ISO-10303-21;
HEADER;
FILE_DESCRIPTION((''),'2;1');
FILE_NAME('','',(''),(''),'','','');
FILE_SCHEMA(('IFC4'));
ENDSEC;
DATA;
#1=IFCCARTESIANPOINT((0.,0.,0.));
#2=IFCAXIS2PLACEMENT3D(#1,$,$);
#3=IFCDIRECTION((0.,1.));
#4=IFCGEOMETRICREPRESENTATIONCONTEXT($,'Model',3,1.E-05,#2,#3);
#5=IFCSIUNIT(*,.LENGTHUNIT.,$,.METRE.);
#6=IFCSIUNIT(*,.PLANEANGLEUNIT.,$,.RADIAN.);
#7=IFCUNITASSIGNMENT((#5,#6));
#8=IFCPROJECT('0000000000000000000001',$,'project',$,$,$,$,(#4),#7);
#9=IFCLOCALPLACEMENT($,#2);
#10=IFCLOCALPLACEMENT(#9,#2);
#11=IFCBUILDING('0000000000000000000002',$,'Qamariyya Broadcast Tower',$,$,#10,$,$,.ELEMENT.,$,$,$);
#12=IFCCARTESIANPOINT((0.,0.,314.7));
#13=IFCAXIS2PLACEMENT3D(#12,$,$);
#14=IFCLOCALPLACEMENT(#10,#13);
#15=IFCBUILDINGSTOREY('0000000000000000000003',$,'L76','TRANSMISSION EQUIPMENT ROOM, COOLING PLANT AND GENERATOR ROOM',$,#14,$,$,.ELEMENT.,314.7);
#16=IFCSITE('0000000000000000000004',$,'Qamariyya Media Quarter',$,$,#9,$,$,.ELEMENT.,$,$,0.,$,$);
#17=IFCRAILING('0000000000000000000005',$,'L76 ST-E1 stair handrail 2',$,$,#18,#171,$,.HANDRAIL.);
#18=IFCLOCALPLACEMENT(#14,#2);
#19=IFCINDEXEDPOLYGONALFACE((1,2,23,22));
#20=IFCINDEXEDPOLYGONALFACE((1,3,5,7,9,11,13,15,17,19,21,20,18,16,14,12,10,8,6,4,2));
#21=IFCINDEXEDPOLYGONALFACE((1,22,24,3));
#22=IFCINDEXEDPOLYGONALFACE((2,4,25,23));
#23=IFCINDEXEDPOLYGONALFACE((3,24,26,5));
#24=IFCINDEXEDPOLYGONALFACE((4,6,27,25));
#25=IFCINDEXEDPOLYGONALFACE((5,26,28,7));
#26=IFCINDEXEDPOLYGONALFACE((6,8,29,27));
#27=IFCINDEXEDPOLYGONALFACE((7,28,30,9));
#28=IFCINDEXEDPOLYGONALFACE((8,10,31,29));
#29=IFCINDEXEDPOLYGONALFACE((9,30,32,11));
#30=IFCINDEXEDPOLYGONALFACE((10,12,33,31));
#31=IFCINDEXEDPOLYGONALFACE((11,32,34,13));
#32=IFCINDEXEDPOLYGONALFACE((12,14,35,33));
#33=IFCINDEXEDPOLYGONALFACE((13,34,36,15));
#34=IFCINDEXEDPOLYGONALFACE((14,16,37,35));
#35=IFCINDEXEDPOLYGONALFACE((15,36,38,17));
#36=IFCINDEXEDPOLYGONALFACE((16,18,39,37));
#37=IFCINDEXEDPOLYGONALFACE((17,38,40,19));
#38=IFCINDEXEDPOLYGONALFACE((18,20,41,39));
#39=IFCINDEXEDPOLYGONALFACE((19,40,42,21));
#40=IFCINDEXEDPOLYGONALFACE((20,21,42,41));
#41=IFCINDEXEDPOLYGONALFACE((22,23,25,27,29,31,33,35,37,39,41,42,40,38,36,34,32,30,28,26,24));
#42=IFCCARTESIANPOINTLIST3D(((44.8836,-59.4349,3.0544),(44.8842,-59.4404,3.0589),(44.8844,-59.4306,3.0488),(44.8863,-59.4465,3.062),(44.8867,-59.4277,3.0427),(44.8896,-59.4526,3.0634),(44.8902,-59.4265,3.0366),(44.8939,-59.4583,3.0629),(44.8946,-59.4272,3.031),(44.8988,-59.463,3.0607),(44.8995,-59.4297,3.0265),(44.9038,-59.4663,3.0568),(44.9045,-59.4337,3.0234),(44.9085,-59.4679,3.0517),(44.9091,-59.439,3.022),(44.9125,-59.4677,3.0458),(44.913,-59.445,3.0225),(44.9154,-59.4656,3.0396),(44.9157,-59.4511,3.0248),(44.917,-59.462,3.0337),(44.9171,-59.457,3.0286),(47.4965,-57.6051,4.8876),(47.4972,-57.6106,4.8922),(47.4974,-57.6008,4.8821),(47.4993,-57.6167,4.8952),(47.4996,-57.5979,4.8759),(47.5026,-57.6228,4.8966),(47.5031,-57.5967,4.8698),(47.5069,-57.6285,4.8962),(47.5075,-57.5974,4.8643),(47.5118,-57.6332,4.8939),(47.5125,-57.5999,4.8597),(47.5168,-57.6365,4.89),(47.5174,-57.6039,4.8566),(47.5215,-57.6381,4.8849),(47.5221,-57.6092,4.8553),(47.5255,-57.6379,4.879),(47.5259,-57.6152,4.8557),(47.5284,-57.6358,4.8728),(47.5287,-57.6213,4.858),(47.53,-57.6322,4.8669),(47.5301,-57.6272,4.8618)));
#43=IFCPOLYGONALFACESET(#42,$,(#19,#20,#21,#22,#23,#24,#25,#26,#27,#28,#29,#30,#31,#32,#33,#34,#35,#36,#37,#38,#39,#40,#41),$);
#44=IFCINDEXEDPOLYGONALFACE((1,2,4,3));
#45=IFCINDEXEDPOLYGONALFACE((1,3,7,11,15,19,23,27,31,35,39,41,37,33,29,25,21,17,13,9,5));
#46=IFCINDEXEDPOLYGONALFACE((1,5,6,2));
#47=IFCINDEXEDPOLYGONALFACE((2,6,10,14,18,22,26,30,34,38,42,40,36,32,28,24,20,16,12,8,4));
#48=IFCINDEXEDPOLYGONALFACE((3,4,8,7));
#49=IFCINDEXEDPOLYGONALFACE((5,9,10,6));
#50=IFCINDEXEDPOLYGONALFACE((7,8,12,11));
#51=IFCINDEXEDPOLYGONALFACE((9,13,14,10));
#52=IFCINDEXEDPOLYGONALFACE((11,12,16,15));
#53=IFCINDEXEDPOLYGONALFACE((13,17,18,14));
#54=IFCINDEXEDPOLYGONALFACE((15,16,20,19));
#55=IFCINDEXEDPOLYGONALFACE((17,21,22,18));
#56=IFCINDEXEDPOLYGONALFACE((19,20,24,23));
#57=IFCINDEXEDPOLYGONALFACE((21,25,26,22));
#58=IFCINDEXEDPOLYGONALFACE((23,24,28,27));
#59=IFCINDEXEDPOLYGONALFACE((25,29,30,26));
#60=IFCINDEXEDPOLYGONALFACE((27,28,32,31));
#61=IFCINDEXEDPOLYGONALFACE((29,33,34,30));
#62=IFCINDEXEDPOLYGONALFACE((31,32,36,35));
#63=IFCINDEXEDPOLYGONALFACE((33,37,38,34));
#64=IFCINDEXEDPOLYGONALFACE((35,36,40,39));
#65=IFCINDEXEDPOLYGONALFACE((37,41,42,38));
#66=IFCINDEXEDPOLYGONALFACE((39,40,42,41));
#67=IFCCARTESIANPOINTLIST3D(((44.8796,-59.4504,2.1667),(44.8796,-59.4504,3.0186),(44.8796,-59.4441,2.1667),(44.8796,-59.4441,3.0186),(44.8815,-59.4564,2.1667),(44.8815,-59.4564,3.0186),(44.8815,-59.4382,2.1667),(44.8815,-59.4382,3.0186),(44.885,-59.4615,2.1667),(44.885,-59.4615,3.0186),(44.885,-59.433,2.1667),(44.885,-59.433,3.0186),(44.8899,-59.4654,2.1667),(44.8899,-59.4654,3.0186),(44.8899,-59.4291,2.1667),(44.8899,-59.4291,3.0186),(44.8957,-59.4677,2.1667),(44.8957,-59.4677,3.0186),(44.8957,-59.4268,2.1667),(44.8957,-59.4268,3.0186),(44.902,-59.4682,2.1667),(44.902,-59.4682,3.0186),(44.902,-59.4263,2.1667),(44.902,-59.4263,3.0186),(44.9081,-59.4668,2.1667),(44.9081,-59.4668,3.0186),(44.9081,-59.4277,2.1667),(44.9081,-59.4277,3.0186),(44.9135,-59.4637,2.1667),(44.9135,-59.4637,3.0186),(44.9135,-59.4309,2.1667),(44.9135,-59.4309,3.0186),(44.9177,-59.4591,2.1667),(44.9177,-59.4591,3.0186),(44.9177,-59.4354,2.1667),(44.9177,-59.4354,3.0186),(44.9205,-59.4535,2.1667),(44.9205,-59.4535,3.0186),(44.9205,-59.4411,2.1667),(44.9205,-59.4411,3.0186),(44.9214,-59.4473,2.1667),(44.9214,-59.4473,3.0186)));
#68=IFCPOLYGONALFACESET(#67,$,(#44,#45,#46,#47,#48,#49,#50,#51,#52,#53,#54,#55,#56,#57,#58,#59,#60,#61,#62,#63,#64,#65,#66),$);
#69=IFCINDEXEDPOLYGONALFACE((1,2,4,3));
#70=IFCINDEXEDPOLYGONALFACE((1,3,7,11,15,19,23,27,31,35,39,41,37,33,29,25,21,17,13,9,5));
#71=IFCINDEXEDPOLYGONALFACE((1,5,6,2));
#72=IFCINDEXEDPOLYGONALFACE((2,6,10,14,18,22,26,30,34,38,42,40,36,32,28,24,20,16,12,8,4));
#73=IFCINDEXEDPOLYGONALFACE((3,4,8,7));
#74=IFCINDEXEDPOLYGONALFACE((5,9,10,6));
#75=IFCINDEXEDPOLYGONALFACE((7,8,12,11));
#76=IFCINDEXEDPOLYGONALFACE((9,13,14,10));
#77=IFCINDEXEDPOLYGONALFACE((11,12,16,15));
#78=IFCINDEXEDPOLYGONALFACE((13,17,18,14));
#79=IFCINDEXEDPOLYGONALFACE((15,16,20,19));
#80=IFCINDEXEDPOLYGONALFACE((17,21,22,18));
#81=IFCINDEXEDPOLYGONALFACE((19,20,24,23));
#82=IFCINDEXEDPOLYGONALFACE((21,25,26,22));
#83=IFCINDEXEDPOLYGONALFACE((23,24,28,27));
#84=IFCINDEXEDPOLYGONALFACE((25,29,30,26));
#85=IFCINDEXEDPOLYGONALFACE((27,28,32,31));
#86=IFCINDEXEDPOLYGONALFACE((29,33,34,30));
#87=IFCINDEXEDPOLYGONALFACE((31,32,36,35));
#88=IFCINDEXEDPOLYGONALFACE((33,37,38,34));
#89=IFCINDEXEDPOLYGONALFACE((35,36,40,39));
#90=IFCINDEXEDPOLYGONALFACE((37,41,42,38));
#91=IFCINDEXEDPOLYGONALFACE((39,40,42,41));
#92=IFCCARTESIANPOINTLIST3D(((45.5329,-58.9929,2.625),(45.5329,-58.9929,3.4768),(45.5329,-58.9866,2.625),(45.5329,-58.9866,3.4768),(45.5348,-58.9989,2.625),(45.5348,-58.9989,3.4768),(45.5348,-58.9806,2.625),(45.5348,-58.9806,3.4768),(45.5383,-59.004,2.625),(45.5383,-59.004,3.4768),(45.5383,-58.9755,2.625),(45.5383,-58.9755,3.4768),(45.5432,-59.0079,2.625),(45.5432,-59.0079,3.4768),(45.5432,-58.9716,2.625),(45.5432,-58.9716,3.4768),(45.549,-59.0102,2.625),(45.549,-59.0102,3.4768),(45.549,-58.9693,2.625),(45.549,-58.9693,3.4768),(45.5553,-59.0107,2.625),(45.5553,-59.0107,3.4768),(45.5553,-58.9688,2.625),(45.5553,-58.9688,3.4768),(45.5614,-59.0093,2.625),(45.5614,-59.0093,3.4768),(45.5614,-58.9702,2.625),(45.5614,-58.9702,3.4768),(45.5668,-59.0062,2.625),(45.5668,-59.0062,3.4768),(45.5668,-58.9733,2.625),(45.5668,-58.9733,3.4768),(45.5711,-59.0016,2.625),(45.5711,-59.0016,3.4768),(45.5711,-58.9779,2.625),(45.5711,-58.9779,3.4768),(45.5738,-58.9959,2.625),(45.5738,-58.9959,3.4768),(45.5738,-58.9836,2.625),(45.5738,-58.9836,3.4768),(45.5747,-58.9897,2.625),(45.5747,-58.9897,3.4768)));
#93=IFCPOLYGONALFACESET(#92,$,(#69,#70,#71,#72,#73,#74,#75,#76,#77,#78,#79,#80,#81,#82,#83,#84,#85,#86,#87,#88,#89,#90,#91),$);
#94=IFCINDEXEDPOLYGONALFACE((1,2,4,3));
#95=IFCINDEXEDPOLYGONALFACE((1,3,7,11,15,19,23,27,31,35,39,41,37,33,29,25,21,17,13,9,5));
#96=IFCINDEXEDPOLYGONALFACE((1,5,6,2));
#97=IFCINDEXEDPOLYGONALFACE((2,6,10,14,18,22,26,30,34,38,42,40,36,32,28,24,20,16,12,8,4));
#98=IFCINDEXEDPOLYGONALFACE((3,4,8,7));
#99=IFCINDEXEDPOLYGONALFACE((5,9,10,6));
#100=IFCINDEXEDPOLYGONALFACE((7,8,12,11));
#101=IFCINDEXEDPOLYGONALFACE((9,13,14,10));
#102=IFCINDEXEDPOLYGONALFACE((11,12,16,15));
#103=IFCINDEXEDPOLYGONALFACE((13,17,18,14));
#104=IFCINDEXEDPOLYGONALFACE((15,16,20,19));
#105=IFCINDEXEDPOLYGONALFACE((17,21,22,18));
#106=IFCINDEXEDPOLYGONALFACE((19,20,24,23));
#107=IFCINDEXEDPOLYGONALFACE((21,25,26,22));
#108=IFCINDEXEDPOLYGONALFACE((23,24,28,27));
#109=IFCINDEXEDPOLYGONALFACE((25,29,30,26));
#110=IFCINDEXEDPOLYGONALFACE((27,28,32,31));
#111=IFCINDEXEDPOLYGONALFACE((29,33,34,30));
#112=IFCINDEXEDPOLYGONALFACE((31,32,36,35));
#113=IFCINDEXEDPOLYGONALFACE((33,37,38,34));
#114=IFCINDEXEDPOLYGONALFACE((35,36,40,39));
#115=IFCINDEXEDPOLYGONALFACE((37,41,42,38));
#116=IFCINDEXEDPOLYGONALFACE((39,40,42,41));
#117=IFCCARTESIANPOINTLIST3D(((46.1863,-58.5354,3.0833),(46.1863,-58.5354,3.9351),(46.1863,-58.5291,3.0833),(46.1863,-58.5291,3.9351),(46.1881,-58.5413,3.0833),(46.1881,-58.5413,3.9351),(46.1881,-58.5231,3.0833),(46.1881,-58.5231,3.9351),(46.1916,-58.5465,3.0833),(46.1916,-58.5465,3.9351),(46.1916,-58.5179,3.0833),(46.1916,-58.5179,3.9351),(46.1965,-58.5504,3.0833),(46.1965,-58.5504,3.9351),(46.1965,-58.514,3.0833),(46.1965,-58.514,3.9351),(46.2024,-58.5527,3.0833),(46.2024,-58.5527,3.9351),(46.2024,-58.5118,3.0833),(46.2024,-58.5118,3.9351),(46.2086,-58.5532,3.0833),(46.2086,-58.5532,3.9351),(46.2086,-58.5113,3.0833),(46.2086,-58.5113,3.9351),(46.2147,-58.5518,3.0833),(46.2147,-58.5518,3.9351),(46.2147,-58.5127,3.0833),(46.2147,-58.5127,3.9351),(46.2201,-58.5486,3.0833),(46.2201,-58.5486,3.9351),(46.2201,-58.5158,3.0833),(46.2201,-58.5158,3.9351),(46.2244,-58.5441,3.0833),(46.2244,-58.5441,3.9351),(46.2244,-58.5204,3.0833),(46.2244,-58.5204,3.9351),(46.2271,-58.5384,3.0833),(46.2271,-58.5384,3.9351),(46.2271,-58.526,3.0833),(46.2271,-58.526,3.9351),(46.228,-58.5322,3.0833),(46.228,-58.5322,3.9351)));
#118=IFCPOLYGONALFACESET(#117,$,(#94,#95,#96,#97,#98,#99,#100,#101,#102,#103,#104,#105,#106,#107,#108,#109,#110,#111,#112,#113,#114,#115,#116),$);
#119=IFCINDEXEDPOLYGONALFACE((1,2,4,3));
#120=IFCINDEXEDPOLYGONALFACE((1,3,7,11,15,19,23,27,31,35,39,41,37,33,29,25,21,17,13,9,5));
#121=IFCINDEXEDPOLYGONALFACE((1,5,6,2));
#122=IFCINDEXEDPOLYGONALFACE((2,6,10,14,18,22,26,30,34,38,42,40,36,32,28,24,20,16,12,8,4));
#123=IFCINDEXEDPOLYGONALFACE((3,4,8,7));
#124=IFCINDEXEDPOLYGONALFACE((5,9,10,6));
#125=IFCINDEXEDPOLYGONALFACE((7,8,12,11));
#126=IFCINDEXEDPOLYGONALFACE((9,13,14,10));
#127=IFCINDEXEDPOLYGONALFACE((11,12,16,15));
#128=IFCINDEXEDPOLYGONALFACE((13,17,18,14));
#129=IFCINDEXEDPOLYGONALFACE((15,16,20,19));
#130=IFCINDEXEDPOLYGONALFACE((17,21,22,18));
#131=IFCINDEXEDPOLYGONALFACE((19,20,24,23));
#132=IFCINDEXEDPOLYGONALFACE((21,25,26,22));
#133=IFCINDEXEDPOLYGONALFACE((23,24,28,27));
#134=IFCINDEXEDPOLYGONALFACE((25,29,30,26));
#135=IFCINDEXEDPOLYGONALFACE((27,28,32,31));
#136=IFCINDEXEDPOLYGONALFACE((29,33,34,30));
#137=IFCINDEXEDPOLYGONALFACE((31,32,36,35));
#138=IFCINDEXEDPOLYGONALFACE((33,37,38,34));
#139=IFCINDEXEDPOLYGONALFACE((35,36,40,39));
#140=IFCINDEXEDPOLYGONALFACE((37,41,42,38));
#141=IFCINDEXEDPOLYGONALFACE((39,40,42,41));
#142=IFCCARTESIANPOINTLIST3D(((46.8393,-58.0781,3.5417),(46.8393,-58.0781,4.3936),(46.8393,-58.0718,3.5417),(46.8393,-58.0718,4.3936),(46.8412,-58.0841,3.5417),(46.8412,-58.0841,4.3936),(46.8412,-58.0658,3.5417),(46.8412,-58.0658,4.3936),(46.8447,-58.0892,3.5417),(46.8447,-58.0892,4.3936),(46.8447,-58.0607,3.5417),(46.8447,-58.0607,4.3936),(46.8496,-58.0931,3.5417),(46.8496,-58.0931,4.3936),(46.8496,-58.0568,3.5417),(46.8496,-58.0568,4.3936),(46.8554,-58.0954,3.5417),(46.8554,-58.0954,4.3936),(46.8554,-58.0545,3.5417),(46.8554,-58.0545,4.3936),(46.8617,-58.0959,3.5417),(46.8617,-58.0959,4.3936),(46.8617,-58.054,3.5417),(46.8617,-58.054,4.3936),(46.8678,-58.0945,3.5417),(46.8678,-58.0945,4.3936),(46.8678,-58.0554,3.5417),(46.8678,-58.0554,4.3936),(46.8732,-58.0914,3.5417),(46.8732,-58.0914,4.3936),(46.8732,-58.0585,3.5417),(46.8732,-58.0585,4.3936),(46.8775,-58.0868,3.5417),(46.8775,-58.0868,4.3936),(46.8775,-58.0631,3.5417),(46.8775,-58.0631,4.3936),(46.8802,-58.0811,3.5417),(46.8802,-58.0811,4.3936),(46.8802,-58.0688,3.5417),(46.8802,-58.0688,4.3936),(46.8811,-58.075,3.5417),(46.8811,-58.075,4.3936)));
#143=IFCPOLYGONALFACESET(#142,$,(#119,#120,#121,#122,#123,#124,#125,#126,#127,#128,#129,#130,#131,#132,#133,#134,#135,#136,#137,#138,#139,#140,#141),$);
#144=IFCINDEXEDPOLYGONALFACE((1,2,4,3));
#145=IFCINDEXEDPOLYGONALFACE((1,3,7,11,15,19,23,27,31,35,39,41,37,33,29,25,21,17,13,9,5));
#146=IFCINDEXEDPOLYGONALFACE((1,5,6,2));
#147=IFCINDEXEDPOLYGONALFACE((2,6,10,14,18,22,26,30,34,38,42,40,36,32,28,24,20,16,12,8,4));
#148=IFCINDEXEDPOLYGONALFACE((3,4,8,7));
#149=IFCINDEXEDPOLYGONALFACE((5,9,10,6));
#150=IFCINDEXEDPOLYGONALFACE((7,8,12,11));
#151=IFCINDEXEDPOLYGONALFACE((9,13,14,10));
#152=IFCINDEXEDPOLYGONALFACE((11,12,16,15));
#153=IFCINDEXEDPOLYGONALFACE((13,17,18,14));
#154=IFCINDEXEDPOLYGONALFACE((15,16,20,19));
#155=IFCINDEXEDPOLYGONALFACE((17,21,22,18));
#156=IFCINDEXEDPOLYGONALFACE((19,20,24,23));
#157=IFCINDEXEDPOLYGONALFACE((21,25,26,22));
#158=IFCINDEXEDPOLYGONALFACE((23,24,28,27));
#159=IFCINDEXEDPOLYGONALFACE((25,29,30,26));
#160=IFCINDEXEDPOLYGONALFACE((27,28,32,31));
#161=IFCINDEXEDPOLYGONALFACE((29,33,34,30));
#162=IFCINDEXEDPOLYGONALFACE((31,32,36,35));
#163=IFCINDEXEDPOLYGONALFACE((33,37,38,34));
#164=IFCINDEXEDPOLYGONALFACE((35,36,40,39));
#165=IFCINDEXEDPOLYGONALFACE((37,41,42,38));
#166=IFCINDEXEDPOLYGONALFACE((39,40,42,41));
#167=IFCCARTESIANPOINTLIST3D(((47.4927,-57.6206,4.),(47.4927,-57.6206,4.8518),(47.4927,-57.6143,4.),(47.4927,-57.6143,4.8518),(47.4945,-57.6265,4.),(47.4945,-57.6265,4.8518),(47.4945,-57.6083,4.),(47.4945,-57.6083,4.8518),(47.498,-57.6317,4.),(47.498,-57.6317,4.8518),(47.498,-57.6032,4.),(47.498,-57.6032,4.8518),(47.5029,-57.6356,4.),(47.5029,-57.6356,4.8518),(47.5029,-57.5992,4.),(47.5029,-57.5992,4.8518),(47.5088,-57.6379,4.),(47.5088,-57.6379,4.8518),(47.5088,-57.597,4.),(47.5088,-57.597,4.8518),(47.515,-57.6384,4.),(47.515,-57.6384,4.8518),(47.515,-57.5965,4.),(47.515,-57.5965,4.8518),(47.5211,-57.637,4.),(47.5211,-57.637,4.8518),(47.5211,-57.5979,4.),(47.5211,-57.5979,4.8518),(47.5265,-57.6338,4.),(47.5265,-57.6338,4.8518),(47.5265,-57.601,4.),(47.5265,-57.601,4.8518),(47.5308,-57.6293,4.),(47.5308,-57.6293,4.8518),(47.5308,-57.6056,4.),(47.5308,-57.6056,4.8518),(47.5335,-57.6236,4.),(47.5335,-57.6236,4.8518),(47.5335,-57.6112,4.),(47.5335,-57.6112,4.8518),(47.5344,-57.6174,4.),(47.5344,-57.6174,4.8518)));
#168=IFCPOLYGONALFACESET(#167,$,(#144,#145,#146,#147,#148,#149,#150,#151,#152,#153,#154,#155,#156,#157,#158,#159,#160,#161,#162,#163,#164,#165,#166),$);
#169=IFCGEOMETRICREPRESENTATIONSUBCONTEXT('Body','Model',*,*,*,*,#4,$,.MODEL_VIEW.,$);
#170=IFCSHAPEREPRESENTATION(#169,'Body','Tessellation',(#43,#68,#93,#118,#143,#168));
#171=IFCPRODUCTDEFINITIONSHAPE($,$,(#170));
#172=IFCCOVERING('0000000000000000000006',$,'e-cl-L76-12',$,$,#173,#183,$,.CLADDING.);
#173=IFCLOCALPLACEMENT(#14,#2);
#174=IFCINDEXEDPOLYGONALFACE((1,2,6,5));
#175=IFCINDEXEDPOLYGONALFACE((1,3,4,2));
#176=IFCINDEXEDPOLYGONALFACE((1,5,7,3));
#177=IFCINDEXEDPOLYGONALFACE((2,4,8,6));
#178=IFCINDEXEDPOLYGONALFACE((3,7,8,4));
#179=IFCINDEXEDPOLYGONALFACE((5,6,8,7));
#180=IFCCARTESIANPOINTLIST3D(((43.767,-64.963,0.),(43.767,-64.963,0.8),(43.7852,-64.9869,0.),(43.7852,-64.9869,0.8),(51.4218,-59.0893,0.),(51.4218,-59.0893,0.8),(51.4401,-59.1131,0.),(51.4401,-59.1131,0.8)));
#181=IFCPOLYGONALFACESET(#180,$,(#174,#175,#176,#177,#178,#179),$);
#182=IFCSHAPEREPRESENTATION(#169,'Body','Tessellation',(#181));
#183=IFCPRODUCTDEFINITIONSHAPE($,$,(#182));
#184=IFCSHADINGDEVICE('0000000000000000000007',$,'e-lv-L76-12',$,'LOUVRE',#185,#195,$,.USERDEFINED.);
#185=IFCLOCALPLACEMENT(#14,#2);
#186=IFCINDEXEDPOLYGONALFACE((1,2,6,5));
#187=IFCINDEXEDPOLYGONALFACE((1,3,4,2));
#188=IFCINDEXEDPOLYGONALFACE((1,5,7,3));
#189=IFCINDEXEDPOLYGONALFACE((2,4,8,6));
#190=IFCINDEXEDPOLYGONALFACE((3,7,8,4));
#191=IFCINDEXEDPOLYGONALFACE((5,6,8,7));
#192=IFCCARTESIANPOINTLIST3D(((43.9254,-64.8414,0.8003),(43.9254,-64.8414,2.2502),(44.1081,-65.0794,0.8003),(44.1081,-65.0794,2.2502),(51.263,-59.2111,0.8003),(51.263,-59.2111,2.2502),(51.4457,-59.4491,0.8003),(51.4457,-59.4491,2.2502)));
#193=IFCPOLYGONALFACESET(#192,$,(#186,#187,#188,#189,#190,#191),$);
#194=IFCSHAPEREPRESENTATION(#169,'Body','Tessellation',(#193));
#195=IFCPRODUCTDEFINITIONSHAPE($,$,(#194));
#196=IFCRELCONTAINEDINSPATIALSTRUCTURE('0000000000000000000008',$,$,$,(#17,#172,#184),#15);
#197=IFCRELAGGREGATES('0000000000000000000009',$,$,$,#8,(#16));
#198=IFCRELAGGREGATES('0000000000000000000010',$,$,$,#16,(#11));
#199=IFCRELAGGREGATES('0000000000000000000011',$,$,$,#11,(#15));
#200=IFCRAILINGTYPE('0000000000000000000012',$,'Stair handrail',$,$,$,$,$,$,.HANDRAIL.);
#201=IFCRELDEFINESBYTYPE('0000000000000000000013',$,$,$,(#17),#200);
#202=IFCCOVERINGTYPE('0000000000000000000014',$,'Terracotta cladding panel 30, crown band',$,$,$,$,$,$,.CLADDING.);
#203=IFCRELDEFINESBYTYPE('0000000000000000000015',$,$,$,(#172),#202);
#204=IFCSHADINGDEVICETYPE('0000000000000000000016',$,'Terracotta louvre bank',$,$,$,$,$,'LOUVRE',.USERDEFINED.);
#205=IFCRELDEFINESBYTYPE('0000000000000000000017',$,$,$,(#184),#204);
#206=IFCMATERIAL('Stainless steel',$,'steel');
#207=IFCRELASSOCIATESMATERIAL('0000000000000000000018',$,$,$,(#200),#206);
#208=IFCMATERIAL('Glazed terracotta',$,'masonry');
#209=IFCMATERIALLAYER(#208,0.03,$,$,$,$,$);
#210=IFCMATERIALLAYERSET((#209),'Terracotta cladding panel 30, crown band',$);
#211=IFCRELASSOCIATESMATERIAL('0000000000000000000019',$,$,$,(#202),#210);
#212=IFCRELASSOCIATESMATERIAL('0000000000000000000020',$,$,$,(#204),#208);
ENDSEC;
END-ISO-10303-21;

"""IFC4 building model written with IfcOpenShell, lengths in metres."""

from ifc_helpers import new_model, si_unit, direction, frame, origin, origin_2d, place, context, subcontext, project, spatial, rectangle, circle, extrude, material, layer, layer_set, type_object, element, save


model = new_model("IFC4")

# Units and contexts
model_context = context("Model", 3, precision=1e-05, world=origin(), true_north=direction((0.0, 1.0)))
body_context = subcontext(model_context, "Body", "Model", "MODEL_VIEW")
ifc_project = project(units=[si_unit("LENGTHUNIT", "METRE"), si_unit("PLANEANGLEUNIT", "RADIAN")], contexts=[model_context])

# Site, building, storey
site_placement = place(None, origin())
site = spatial("IfcSite", under=ifc_project, at=site_placement, Name="Qamariyya Media Quarter", CompositionType="ELEMENT", RefElevation=0.0)
building_placement = place(site_placement, origin())
building = spatial("IfcBuilding", under=site, at=building_placement, Name="Qamariyya Broadcast Tower", CompositionType="ELEMENT")
storey_placement = place(building_placement, frame((0.0, 0.0, 314.7)))
storey = spatial("IfcBuildingStorey", under=building, at=storey_placement, Name="L76", Description="TRANSMISSION EQUIPMENT ROOM, COOLING PLANT AND GENERATOR ROOM", CompositionType="ELEMENT", Elevation=314.7)

# Railing
ifc_material_1 = material(Name="Stainless steel", Category="steel")
railing_type_1 = type_object("IfcRailingType", Name="Stair handrail", PredefinedType="HANDRAIL", material=ifc_material_1)
railing_1_placement = place(storey_placement, frame((44.9004, -59.4473, 2.1667)))
element("IfcRailing", 1, at=railing_1_placement, inside=storey, type_object=railing_type_1, Name="L76 ST-E1 stair handrail 2", PredefinedType="HANDRAIL", context=body_context, shape_type="SweptSolid", body=[
    extrude(circle(Radius=0.0239, at=origin_2d()), frame((0.0, 0.0, 0.876), z_axis=(0.710204, 0.497335, 0.498264), x_axis=(-0.573611, 0.819128, 0.0)), (0.0, 0.0, 1.0), 3.6792),
    extrude(circle(Radius=0.021, at=origin_2d()), origin(), (0.0, 0.0, 1.0), 0.8518),
    extrude(circle(Radius=0.021, at=origin_2d()), frame((0.6533, 0.4575, 0.4583)), (0.0, 0.0, 1.0), 0.8518),
    extrude(circle(Radius=0.021, at=origin_2d()), frame((1.3066, 0.915, 0.9165)), (0.0, 0.0, 1.0), 0.8518),
    extrude(circle(Radius=0.021, at=origin_2d()), frame((1.9597, 1.3723, 1.375)), (0.0, 0.0, 1.0), 0.8518),
    extrude(circle(Radius=0.021, at=origin_2d()), frame((2.613, 1.8298, 1.8333)), (0.0, 0.0, 1.0), 0.8518),
])

# Covering
ifc_material_2 = material(Name="Glazed terracotta", Category="masonry")
ifc_layer_1 = layer(ifc_material_2, 0.03)
ifc_layer_set_1 = layer_set([ifc_layer_1], Name="Terracotta cladding panel 30, crown band")
covering_type = type_object("IfcCoveringType", Name="Terracotta cladding panel 30, crown band", PredefinedType="CLADDING", material=ifc_layer_set_1)
covering_placement = place(storey_placement, frame((47.6035, -62.0381, 0.0), z_axis=(0.0, 0.0, 1.0), x_axis=(0.793353, 0.608761, 0.0)))
element("IfcCovering", 2, at=covering_placement, inside=storey, type_object=covering_type, Name="e-cl-L76-12", PredefinedType="CLADDING", context=body_context, shape_type="SweptSolid", body=[
    extrude(rectangle(XDim=9.6487, YDim=0.03, at=origin_2d()), origin(), (0.0, 0.0, 1.0), 0.8),
])

# Shading device
shading_device_type = type_object("IfcShadingDeviceType", Name="Terracotta louvre bank", ElementType="LOUVRE", PredefinedType="USERDEFINED", material=ifc_material_2)
shading_device_placement = place(storey_placement, frame((47.6855, -62.1453, 0.8003), z_axis=(0.0, 0.0, 1.0), x_axis=(0.793353, 0.608761, 0.0)))
element("IfcShadingDevice", 3, at=shading_device_placement, inside=storey, type_object=shading_device_type, Name="e-lv-L76-12", ObjectType="LOUVRE", PredefinedType="USERDEFINED", context=body_context, shape_type="SweptSolid", body=[
    extrude(rectangle(XDim=9.2488, YDim=0.3, at=origin_2d()), origin(), (0.0, 0.0, 1.0), 1.45),
])

save(model, "model.ifc")
